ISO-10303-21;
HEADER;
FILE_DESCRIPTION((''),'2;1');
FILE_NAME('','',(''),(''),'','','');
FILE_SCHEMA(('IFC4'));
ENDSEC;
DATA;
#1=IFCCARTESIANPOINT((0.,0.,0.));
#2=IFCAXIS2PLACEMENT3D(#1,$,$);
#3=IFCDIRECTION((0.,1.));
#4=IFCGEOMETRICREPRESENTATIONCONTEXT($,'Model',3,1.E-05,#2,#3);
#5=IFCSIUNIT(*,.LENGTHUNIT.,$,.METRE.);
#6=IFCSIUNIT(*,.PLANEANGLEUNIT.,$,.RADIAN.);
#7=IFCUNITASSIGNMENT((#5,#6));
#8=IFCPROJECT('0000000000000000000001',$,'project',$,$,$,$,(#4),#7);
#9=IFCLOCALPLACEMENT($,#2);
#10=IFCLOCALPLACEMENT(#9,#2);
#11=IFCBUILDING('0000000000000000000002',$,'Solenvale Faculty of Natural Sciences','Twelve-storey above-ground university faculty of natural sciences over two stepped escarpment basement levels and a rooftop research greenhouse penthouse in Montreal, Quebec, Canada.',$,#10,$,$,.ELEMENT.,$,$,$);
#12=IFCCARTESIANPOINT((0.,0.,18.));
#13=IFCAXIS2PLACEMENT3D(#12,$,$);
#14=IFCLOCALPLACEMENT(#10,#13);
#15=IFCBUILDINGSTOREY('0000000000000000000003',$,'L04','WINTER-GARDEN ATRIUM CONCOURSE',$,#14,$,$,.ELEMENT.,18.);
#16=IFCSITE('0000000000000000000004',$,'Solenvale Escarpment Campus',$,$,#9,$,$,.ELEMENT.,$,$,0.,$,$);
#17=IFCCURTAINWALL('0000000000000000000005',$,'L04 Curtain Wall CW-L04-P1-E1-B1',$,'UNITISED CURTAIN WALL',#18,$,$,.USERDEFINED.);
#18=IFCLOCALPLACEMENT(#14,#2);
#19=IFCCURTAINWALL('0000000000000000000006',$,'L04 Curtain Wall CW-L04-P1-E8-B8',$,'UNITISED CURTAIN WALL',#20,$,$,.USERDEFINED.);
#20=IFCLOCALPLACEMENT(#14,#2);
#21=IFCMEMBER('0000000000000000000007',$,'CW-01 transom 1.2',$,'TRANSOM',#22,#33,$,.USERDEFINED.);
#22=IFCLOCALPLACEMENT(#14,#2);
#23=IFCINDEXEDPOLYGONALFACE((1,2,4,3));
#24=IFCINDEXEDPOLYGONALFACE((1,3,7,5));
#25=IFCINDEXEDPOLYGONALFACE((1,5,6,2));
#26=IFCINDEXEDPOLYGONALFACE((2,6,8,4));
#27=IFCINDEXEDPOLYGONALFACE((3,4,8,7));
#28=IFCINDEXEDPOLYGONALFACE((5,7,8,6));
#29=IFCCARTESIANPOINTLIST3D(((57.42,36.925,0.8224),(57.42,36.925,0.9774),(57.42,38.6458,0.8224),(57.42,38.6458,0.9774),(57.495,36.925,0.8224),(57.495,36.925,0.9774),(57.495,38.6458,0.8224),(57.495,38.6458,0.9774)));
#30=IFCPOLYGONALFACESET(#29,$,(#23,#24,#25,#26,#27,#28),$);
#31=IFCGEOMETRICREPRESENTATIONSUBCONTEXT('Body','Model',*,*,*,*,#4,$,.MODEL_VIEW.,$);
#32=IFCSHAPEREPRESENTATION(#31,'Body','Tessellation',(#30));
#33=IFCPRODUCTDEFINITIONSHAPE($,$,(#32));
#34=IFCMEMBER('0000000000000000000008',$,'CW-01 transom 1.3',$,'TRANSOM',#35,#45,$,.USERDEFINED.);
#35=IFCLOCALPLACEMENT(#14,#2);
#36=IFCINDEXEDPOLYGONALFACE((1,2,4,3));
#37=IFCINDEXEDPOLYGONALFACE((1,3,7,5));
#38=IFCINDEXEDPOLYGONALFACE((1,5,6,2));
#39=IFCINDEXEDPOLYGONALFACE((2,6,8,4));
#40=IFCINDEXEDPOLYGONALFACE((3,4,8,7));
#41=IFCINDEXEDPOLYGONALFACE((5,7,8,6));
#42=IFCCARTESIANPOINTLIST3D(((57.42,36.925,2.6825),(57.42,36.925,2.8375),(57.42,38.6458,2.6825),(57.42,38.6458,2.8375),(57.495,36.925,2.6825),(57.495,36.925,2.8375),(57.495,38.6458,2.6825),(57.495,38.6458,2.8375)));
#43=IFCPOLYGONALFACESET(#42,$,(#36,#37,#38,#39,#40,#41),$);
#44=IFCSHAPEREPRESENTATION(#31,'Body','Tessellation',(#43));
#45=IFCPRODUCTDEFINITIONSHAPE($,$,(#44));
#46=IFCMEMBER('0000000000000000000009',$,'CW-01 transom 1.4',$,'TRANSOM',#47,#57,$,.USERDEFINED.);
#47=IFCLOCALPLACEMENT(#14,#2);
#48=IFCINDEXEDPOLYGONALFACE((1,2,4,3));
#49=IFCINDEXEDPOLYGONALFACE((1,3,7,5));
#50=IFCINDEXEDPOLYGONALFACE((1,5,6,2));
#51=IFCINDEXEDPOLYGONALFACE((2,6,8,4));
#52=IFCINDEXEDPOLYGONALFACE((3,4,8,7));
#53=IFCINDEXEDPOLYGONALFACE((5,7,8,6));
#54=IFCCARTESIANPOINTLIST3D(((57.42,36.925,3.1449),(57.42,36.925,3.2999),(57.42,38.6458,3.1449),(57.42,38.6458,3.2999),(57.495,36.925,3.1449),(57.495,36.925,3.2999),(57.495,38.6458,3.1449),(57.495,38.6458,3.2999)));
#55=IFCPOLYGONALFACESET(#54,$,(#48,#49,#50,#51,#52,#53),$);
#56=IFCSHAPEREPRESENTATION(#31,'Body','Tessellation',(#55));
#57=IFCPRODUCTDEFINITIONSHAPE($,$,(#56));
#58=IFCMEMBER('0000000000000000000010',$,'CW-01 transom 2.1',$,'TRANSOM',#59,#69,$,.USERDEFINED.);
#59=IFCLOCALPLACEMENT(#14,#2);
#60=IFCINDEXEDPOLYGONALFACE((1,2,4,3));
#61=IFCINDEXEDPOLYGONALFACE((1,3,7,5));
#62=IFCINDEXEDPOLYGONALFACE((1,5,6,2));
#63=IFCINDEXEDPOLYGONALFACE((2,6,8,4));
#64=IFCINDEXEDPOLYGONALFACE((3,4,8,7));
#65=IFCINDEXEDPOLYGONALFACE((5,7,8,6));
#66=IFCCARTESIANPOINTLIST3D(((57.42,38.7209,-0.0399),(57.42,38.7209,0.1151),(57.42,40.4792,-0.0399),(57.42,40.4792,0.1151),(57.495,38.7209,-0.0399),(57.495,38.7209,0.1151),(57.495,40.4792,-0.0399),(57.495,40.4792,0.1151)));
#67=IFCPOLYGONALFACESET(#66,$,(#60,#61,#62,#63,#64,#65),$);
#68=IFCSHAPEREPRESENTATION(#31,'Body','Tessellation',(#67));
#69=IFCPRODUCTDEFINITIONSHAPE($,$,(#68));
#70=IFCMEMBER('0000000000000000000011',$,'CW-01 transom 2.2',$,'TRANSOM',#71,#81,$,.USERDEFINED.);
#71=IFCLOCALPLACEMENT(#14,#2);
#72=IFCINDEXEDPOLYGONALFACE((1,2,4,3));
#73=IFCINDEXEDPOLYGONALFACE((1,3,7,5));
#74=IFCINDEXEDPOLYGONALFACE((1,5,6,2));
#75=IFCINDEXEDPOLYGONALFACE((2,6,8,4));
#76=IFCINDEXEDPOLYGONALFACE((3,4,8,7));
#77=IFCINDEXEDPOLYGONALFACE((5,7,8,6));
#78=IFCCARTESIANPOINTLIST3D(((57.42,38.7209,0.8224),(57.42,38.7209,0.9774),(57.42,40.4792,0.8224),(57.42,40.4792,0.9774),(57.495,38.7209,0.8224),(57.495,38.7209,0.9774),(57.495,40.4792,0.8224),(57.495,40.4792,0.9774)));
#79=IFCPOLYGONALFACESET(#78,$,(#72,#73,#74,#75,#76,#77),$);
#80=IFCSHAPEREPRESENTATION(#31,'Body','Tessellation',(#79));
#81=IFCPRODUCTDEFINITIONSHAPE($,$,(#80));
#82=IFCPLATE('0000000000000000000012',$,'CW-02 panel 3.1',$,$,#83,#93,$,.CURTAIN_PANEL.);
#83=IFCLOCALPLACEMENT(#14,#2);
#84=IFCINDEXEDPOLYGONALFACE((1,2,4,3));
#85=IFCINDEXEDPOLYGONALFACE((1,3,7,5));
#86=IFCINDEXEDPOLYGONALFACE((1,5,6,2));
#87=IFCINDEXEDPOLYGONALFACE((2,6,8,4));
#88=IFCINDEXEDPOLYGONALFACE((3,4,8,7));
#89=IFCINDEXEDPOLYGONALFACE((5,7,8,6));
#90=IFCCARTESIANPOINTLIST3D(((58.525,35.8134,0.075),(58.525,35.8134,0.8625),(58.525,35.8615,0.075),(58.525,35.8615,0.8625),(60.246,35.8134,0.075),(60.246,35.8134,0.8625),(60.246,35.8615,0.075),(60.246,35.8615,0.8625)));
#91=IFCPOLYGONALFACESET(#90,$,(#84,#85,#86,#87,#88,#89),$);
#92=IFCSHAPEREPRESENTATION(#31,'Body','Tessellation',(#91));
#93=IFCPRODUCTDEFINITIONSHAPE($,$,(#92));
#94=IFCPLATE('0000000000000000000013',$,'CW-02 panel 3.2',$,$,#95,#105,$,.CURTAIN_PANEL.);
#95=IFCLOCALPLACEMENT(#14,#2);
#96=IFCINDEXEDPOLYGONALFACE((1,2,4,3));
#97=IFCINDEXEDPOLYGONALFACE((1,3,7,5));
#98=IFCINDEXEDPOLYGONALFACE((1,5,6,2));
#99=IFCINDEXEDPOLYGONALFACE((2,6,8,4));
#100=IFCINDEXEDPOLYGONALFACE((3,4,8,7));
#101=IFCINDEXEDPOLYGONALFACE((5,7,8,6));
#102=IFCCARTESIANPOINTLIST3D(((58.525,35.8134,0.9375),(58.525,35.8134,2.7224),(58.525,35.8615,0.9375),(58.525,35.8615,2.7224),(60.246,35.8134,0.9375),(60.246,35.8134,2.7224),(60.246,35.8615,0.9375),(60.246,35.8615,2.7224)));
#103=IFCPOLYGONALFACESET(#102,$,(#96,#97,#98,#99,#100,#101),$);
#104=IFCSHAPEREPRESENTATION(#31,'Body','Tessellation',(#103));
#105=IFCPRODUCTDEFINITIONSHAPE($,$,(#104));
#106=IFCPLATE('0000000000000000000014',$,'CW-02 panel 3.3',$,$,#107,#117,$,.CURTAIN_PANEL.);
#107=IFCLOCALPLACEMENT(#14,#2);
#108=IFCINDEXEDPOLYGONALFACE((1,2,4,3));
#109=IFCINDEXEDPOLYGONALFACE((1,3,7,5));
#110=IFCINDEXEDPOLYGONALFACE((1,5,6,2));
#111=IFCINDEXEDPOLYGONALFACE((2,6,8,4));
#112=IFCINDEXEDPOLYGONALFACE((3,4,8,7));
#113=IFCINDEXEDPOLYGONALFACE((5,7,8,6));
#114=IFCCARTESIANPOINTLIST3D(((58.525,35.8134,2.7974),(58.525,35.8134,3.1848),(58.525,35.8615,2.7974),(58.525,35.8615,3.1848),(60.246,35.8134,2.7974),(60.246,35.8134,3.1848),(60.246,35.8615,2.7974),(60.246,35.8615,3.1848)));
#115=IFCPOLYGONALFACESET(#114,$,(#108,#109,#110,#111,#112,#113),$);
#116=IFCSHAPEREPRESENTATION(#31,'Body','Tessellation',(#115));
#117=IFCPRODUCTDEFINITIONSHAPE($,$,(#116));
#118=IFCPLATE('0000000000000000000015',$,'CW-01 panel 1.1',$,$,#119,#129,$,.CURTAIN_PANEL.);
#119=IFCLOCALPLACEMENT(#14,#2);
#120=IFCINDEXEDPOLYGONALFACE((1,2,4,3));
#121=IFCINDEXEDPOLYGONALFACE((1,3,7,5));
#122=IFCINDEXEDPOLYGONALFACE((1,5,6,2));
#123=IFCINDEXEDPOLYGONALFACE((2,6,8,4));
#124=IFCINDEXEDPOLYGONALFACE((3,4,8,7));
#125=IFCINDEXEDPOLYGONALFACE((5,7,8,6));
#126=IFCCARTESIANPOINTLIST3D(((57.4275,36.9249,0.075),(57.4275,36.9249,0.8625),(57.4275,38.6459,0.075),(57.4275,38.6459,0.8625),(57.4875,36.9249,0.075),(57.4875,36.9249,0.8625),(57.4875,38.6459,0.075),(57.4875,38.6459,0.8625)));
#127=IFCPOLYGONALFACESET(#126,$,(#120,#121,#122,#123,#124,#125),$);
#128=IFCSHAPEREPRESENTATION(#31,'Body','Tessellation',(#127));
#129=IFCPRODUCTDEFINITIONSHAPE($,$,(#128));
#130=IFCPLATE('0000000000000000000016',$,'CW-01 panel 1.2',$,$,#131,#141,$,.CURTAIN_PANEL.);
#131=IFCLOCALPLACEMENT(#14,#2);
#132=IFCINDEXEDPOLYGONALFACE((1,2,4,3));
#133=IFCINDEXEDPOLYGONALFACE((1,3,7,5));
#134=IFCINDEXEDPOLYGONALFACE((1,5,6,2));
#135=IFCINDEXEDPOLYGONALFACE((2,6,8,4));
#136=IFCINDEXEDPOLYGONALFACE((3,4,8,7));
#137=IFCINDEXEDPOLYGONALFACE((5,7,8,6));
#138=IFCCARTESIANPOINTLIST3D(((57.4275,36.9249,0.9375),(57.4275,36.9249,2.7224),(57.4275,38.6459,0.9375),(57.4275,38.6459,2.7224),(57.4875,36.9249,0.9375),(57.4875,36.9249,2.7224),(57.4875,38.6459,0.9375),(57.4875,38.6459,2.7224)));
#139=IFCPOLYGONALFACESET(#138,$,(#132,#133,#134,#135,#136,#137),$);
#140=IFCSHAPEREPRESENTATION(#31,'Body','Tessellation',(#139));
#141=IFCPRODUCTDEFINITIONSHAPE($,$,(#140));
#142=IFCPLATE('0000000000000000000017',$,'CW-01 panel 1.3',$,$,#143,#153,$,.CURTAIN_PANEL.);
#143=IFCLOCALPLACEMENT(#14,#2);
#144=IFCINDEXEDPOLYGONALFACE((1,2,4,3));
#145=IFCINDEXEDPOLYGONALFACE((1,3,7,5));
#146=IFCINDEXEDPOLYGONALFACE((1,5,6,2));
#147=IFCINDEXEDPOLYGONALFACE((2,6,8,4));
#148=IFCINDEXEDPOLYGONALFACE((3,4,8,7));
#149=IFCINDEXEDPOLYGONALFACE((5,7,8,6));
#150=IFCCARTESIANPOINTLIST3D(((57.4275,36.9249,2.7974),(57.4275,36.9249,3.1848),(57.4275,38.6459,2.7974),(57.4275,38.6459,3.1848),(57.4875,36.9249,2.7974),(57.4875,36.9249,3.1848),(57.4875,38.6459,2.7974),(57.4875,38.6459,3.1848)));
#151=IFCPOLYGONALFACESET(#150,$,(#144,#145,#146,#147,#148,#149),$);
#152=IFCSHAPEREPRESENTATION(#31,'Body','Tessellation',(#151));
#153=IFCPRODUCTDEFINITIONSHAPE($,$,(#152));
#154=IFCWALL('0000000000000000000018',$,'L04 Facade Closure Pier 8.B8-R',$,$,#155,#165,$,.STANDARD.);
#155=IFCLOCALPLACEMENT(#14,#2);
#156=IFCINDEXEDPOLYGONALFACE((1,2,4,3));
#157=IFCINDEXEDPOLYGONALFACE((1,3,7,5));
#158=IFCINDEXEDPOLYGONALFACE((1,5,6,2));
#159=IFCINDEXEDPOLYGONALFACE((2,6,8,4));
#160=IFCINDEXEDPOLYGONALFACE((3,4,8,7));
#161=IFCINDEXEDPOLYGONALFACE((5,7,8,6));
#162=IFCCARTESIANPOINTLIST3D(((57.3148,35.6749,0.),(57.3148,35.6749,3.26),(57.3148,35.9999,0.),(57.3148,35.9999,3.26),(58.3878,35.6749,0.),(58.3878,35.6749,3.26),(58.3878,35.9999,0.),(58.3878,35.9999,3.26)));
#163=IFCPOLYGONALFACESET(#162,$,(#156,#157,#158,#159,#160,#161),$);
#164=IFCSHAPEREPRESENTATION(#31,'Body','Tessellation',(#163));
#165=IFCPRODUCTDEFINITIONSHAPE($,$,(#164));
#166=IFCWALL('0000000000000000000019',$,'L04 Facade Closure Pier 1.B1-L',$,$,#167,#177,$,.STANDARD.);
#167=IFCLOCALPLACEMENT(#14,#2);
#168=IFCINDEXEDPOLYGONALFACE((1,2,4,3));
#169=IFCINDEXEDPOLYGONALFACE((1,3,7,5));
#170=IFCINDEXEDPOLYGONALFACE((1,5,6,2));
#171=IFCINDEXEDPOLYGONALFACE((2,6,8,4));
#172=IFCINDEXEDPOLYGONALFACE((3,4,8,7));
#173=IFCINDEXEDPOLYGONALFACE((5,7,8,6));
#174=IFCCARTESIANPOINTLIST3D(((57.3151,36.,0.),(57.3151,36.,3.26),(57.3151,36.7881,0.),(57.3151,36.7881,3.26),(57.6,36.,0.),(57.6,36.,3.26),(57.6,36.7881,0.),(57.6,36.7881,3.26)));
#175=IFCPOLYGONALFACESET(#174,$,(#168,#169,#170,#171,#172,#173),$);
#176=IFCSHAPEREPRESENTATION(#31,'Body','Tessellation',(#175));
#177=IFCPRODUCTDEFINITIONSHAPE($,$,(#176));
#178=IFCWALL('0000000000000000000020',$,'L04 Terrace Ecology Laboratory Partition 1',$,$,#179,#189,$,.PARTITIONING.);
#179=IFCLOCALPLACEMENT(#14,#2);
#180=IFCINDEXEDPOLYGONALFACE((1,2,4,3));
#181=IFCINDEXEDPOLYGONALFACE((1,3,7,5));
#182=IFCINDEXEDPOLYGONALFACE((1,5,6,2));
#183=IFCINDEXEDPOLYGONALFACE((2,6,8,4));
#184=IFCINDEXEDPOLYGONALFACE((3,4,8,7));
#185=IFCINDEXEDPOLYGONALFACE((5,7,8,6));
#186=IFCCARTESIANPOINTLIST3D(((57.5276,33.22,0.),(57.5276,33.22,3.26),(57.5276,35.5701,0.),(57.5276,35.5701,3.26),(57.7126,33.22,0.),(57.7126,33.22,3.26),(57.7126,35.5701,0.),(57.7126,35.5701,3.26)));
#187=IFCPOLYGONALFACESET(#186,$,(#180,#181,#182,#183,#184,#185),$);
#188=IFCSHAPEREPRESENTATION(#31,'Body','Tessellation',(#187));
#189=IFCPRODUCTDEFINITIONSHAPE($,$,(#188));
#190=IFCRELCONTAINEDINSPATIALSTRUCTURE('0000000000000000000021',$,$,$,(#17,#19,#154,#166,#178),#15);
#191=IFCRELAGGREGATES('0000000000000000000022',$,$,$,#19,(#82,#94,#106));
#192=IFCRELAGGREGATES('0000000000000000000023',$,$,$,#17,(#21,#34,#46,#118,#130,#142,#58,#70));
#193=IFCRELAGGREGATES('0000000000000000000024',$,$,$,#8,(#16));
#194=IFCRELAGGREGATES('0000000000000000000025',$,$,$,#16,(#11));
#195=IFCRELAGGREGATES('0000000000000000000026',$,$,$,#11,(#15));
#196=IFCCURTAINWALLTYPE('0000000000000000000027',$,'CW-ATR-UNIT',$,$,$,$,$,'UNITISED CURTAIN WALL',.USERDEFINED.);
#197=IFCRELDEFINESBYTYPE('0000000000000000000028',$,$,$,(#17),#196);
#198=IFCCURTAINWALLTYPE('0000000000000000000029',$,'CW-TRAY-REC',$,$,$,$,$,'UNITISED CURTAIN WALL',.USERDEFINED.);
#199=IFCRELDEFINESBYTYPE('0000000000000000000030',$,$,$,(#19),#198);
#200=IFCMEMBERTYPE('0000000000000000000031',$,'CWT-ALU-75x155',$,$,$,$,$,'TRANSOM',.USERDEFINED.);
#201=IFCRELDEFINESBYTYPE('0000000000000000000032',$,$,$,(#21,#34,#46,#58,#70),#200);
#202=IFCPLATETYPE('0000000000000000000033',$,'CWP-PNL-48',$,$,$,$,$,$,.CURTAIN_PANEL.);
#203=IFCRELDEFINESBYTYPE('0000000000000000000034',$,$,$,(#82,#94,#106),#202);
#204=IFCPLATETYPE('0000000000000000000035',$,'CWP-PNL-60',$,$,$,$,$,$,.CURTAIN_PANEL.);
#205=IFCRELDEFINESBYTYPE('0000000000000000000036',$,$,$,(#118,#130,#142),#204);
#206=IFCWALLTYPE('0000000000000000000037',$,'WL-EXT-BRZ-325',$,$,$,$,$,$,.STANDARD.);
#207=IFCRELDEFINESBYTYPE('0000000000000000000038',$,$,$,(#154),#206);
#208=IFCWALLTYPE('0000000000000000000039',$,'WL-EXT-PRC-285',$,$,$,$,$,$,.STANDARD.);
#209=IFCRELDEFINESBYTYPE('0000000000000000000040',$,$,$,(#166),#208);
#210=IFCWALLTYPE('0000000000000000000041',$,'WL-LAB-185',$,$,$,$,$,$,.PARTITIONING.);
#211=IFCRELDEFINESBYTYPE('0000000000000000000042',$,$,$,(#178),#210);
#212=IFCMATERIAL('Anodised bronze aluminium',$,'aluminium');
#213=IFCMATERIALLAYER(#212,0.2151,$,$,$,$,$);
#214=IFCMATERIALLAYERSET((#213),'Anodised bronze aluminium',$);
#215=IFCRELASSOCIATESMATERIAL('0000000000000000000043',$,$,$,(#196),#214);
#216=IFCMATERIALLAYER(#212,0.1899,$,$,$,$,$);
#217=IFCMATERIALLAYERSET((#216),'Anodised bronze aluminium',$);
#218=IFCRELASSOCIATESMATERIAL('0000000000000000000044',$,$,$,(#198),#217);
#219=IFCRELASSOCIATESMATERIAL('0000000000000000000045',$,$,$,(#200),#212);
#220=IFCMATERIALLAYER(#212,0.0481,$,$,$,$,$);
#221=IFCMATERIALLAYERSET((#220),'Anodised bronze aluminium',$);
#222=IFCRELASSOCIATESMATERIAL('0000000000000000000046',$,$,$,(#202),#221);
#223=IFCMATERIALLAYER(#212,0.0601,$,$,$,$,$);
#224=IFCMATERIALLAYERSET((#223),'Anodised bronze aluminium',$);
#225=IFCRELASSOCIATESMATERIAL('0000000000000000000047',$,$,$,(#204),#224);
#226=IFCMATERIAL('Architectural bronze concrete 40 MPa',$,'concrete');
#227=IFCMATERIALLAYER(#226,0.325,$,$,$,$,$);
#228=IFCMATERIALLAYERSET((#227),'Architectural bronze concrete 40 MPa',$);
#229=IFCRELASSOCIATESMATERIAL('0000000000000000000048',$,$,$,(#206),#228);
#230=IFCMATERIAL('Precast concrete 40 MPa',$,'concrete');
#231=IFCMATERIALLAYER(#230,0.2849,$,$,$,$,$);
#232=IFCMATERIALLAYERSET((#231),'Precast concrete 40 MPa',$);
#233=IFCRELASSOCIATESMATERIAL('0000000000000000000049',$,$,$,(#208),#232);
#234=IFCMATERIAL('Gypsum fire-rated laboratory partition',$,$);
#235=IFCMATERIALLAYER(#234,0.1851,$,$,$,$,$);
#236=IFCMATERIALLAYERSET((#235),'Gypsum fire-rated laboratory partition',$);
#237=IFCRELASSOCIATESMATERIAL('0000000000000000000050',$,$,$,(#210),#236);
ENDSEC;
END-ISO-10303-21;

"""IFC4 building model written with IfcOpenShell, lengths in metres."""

from ifc_helpers import new_model, si_unit, direction, frame, frame_2d, origin, origin_2d, place, context, subcontext, project, spatial, rectangle, extrude, material, layer, layer_set, material_profile, profile_set, type_object, element, aggregate, save


model = new_model("IFC4")

# Units and contexts
model_context = context("Model", 3, precision=1e-05, world=origin(), true_north=direction((0.0, 1.0)))
body_context = subcontext(model_context, "Body", "Model", "MODEL_VIEW")
ifc_project = project(units=[si_unit("LENGTHUNIT", "METRE"), si_unit("PLANEANGLEUNIT", "RADIAN")], contexts=[model_context])

# Site, building, storey
site_placement = place(None, origin())
site = spatial("IfcSite", under=ifc_project, at=site_placement, Name="Solenvale Escarpment Campus", CompositionType="ELEMENT", RefElevation=0.0)
building_placement = place(site_placement, origin())
building = spatial("IfcBuilding", under=site, at=building_placement, Name="Solenvale Faculty of Natural Sciences", Description="Twelve-storey above-ground university faculty of natural sciences over two stepped escarpment basement levels and a rooftop research greenhouse penthouse in Montreal, Quebec, Canada.", CompositionType="ELEMENT")
storey_placement = place(building_placement, frame((0.0, 0.0, 18.0)))
storey = spatial("IfcBuildingStorey", under=building, at=storey_placement, Name="L04", Description="WINTER-GARDEN ATRIUM CONCOURSE", CompositionType="ELEMENT", Elevation=18.0)

# Curtain wall
ifc_material_1 = material(Name="Anodised bronze aluminium", Category="aluminium")
ifc_layer_1 = layer(ifc_material_1, 0.2151)
ifc_layer_set_1 = layer_set([ifc_layer_1], Name="Anodised bronze aluminium")
curtain_wall_type_1 = type_object("IfcCurtainWallType", Name="CW-ATR-UNIT", ElementType="UNITISED CURTAIN WALL", PredefinedType="USERDEFINED", material=ifc_layer_set_1)
curtain_wall_1_placement = place(storey_placement, origin())
curtain_wall_1 = element("IfcCurtainWall", 1, at=curtain_wall_1_placement, inside=storey, type_object=curtain_wall_type_1, Name="L04 Curtain Wall CW-L04-P1-E1-B1", ObjectType="UNITISED CURTAIN WALL", PredefinedType="USERDEFINED")

# Curtain wall
ifc_layer_2 = layer(ifc_material_1, 0.1899)
ifc_layer_set_2 = layer_set([ifc_layer_2], Name="Anodised bronze aluminium")
curtain_wall_type_2 = type_object("IfcCurtainWallType", Name="CW-TRAY-REC", ElementType="UNITISED CURTAIN WALL", PredefinedType="USERDEFINED", material=ifc_layer_set_2)
curtain_wall_2_placement = place(storey_placement, origin())
curtain_wall_2 = element("IfcCurtainWall", 2, at=curtain_wall_2_placement, inside=storey, type_object=curtain_wall_type_2, Name="L04 Curtain Wall CW-L04-P1-E8-B8", ObjectType="UNITISED CURTAIN WALL", PredefinedType="USERDEFINED")

# Members
ifc_material_profile_1 = material_profile(ifc_material_1, rectangle(XDim=0.075, YDim=0.155, at=origin_2d()), Name="ALU-TRN-75x155")
ifc_profile_set_1 = profile_set([ifc_material_profile_1], Name="Anodised bronze aluminium")
member_type_1 = type_object("IfcMemberType", Name="CWT-ALU-75x155", ElementType="TRANSOM", PredefinedType="USERDEFINED", material=ifc_profile_set_1)
member_1_placement = place(storey_placement, frame((57.4575, 36.925, 0.8999), z_axis=(0.0, 1.0, 0.0), x_axis=(-1.0, 0.0, 0.0)))
member_1 = element("IfcMember", 3, at=member_1_placement, type_object=member_type_1, Name="CW-01 transom 1.2", ObjectType="TRANSOM", PredefinedType="USERDEFINED", context=body_context, shape_type="SweptSolid", body=[
    extrude(rectangle(XDim=0.075, YDim=0.155, at=origin_2d()), origin(), (0.0, 0.0, 1.0), 1.7207),
])
member_2_placement = place(storey_placement, frame((57.4575, 36.925, 2.76), z_axis=(0.0, 1.0, 0.0), x_axis=(-1.0, 0.0, 0.0)))
member_2 = element("IfcMember", 4, at=member_2_placement, type_object=member_type_1, Name="CW-01 transom 1.3", ObjectType="TRANSOM", PredefinedType="USERDEFINED", context=body_context, shape_type="SweptSolid", body=[
    extrude(rectangle(XDim=0.075, YDim=0.155, at=origin_2d()), origin(), (0.0, 0.0, 1.0), 1.7207),
])
member_3_placement = place(storey_placement, frame((57.4575, 36.925, 3.2224), z_axis=(0.0, 1.0, 0.0), x_axis=(-1.0, 0.0, 0.0)))
member_3 = element("IfcMember", 5, at=member_3_placement, type_object=member_type_1, Name="CW-01 transom 1.4", ObjectType="TRANSOM", PredefinedType="USERDEFINED", context=body_context, shape_type="SweptSolid", body=[
    extrude(rectangle(XDim=0.075, YDim=0.155, at=origin_2d()), origin(), (0.0, 0.0, 1.0), 1.7207),
])
member_4_placement = place(storey_placement, frame((57.4575, 38.7209, 0.0376), z_axis=(0.0, 1.0, 0.0), x_axis=(-1.0, 0.0, 0.0)))
member_4 = element("IfcMember", 6, at=member_4_placement, type_object=member_type_1, Name="CW-01 transom 2.1", ObjectType="TRANSOM", PredefinedType="USERDEFINED", context=body_context, shape_type="SweptSolid", body=[
    extrude(rectangle(XDim=0.075, YDim=0.155, at=origin_2d()), origin(), (0.0, 0.0, 1.0), 1.7583),
])
member_5_placement = place(storey_placement, frame((57.4575, 38.7209, 0.8999), z_axis=(0.0, 1.0, 0.0), x_axis=(-1.0, 0.0, 0.0)))
member_5 = element("IfcMember", 7, at=member_5_placement, type_object=member_type_1, Name="CW-01 transom 2.2", ObjectType="TRANSOM", PredefinedType="USERDEFINED", context=body_context, shape_type="SweptSolid", body=[
    extrude(rectangle(XDim=0.075, YDim=0.155, at=origin_2d()), origin(), (0.0, 0.0, 1.0), 1.7583),
])

# Plates
ifc_layer_3 = layer(ifc_material_1, 0.0481)
ifc_layer_set_3 = layer_set([ifc_layer_3], Name="Anodised bronze aluminium")
plate_type_1 = type_object("IfcPlateType", Name="CWP-PNL-48", PredefinedType="CURTAIN_PANEL", material=ifc_layer_set_3)
plate_1_placement = place(storey_placement, frame((59.3855, 35.8374, 0.075), z_axis=(0.0, 0.0, 1.0), x_axis=(-1.0, 0.0, 0.0)))
plate_1 = element("IfcPlate", 8, at=plate_1_placement, type_object=plate_type_1, Name="CW-02 panel 3.1", PredefinedType="CURTAIN_PANEL", context=body_context, shape_type="SweptSolid", body=[
    extrude(rectangle(XDim=1.7209, YDim=0.0481, at=origin_2d()), origin(), (0.0, 0.0, 1.0), 0.7876),
])
plate_2_placement = place(storey_placement, frame((59.3855, 35.8374, 0.9375), z_axis=(0.0, 0.0, 1.0), x_axis=(-1.0, 0.0, 0.0)))
plate_2 = element("IfcPlate", 9, at=plate_2_placement, type_object=plate_type_1, Name="CW-02 panel 3.2", PredefinedType="CURTAIN_PANEL", context=body_context, shape_type="SweptSolid", body=[
    extrude(rectangle(XDim=1.7209, YDim=0.0481, at=origin_2d()), origin(), (0.0, 0.0, 1.0), 1.7849),
])
plate_3_placement = place(storey_placement, frame((59.3855, 35.8374, 2.7974), z_axis=(0.0, 0.0, 1.0), x_axis=(-1.0, 0.0, 0.0)))
plate_3 = element("IfcPlate", 10, at=plate_3_placement, type_object=plate_type_1, Name="CW-02 panel 3.3", PredefinedType="CURTAIN_PANEL", context=body_context, shape_type="SweptSolid", body=[
    extrude(rectangle(XDim=1.7209, YDim=0.0481, at=origin_2d()), origin(), (0.0, 0.0, 1.0), 0.3875),
])
aggregate(curtain_wall_2, [plate_1, plate_2, plate_3])
ifc_layer_4 = layer(ifc_material_1, 0.0601)
ifc_layer_set_4 = layer_set([ifc_layer_4], Name="Anodised bronze aluminium")
plate_type_2 = type_object("IfcPlateType", Name="CWP-PNL-60", PredefinedType="CURTAIN_PANEL", material=ifc_layer_set_4)
plate_4_placement = place(storey_placement, frame((57.4575, 37.7854, 0.075), z_axis=(0.0, 0.0, 1.0), x_axis=(0.0, 1.0, 0.0)))
plate_4 = element("IfcPlate", 11, at=plate_4_placement, type_object=plate_type_2, Name="CW-01 panel 1.1", PredefinedType="CURTAIN_PANEL", context=body_context, shape_type="SweptSolid", body=[
    extrude(rectangle(XDim=1.7209, YDim=0.0601, at=origin_2d()), origin(), (0.0, 0.0, 1.0), 0.7876),
])
plate_5_placement = place(storey_placement, frame((57.4575, 37.7854, 0.9375), z_axis=(0.0, 0.0, 1.0), x_axis=(0.0, 1.0, 0.0)))
plate_5 = element("IfcPlate", 12, at=plate_5_placement, type_object=plate_type_2, Name="CW-01 panel 1.2", PredefinedType="CURTAIN_PANEL", context=body_context, shape_type="SweptSolid", body=[
    extrude(rectangle(XDim=1.7209, YDim=0.0601, at=origin_2d()), origin(), (0.0, 0.0, 1.0), 1.7849),
])
plate_6_placement = place(storey_placement, frame((57.4575, 37.7854, 2.7974), z_axis=(0.0, 0.0, 1.0), x_axis=(0.0, 1.0, 0.0)))
plate_6 = element("IfcPlate", 13, at=plate_6_placement, type_object=plate_type_2, Name="CW-01 panel 1.3", PredefinedType="CURTAIN_PANEL", context=body_context, shape_type="SweptSolid", body=[
    extrude(rectangle(XDim=1.7209, YDim=0.0601, at=origin_2d()), origin(), (0.0, 0.0, 1.0), 0.3875),
])
aggregate(curtain_wall_1, [member_1, member_2, member_3, plate_4, plate_5, plate_6, member_4, member_5])

# Walls
ifc_material_2 = material(Name="Architectural bronze concrete 40 MPa", Category="concrete")
ifc_layer_5 = layer(ifc_material_2, 0.325)
ifc_layer_set_5 = layer_set([ifc_layer_5], Name="Architectural bronze concrete 40 MPa")
wall_type_1 = type_object("IfcWallType", Name="WL-EXT-BRZ-325", PredefinedType="STANDARD", material=ifc_layer_set_5)
wall_1_placement = place(storey_placement, frame((58.3879, 35.8374, 0.0), z_axis=(0.0, 0.0, 1.0), x_axis=(-1.0, 0.0, 0.0)))
element("IfcWall", 14, at=wall_1_placement, inside=storey, type_object=wall_type_1, Name="L04 Facade Closure Pier 8.B8-R", PredefinedType="STANDARD", context=body_context, shape_type="SweptSolid", body=[
    extrude(rectangle(XDim=1.073, YDim=0.325, at=frame_2d((0.5366, 0.0))), origin(), (0.0, 0.0, 1.0), 3.26),
])
ifc_material_3 = material(Name="Precast concrete 40 MPa", Category="concrete")
ifc_layer_6 = layer(ifc_material_3, 0.2849)
ifc_layer_set_6 = layer_set([ifc_layer_6], Name="Precast concrete 40 MPa")
wall_type_2 = type_object("IfcWallType", Name="WL-EXT-PRC-285", PredefinedType="STANDARD", material=ifc_layer_set_6)
wall_2_placement = place(storey_placement, frame((57.4575, 36.0, 0.0), z_axis=(0.0, 0.0, 1.0), x_axis=(0.0, 1.0, 0.0)))
element("IfcWall", 15, at=wall_2_placement, inside=storey, type_object=wall_type_2, Name="L04 Facade Closure Pier 1.B1-L", PredefinedType="STANDARD", context=body_context, shape_type="SweptSolid", body=[
    extrude(rectangle(XDim=0.7881, YDim=0.2849, at=frame_2d((0.394, 0.0))), origin(), (0.0, 0.0, 1.0), 3.26),
])
ifc_material_4 = material(Name="Gypsum fire-rated laboratory partition")
ifc_layer_7 = layer(ifc_material_4, 0.1851)
ifc_layer_set_7 = layer_set([ifc_layer_7], Name="Gypsum fire-rated laboratory partition")
wall_type_3 = type_object("IfcWallType", Name="WL-LAB-185", PredefinedType="PARTITIONING", material=ifc_layer_set_7)
wall_3_placement = place(storey_placement, frame((57.6201, 33.22, 0.0), z_axis=(0.0, 0.0, 1.0), x_axis=(0.0, 1.0, 0.0)))
element("IfcWall", 16, at=wall_3_placement, inside=storey, type_object=wall_type_3, Name="L04 Terrace Ecology Laboratory Partition 1", PredefinedType="PARTITIONING", context=body_context, shape_type="SweptSolid", body=[
    extrude(rectangle(XDim=2.3501, YDim=0.1851, at=frame_2d((1.175, 0.0))), origin(), (0.0, 0.0, 1.0), 3.26),
])

save(model, "model.ifc")
